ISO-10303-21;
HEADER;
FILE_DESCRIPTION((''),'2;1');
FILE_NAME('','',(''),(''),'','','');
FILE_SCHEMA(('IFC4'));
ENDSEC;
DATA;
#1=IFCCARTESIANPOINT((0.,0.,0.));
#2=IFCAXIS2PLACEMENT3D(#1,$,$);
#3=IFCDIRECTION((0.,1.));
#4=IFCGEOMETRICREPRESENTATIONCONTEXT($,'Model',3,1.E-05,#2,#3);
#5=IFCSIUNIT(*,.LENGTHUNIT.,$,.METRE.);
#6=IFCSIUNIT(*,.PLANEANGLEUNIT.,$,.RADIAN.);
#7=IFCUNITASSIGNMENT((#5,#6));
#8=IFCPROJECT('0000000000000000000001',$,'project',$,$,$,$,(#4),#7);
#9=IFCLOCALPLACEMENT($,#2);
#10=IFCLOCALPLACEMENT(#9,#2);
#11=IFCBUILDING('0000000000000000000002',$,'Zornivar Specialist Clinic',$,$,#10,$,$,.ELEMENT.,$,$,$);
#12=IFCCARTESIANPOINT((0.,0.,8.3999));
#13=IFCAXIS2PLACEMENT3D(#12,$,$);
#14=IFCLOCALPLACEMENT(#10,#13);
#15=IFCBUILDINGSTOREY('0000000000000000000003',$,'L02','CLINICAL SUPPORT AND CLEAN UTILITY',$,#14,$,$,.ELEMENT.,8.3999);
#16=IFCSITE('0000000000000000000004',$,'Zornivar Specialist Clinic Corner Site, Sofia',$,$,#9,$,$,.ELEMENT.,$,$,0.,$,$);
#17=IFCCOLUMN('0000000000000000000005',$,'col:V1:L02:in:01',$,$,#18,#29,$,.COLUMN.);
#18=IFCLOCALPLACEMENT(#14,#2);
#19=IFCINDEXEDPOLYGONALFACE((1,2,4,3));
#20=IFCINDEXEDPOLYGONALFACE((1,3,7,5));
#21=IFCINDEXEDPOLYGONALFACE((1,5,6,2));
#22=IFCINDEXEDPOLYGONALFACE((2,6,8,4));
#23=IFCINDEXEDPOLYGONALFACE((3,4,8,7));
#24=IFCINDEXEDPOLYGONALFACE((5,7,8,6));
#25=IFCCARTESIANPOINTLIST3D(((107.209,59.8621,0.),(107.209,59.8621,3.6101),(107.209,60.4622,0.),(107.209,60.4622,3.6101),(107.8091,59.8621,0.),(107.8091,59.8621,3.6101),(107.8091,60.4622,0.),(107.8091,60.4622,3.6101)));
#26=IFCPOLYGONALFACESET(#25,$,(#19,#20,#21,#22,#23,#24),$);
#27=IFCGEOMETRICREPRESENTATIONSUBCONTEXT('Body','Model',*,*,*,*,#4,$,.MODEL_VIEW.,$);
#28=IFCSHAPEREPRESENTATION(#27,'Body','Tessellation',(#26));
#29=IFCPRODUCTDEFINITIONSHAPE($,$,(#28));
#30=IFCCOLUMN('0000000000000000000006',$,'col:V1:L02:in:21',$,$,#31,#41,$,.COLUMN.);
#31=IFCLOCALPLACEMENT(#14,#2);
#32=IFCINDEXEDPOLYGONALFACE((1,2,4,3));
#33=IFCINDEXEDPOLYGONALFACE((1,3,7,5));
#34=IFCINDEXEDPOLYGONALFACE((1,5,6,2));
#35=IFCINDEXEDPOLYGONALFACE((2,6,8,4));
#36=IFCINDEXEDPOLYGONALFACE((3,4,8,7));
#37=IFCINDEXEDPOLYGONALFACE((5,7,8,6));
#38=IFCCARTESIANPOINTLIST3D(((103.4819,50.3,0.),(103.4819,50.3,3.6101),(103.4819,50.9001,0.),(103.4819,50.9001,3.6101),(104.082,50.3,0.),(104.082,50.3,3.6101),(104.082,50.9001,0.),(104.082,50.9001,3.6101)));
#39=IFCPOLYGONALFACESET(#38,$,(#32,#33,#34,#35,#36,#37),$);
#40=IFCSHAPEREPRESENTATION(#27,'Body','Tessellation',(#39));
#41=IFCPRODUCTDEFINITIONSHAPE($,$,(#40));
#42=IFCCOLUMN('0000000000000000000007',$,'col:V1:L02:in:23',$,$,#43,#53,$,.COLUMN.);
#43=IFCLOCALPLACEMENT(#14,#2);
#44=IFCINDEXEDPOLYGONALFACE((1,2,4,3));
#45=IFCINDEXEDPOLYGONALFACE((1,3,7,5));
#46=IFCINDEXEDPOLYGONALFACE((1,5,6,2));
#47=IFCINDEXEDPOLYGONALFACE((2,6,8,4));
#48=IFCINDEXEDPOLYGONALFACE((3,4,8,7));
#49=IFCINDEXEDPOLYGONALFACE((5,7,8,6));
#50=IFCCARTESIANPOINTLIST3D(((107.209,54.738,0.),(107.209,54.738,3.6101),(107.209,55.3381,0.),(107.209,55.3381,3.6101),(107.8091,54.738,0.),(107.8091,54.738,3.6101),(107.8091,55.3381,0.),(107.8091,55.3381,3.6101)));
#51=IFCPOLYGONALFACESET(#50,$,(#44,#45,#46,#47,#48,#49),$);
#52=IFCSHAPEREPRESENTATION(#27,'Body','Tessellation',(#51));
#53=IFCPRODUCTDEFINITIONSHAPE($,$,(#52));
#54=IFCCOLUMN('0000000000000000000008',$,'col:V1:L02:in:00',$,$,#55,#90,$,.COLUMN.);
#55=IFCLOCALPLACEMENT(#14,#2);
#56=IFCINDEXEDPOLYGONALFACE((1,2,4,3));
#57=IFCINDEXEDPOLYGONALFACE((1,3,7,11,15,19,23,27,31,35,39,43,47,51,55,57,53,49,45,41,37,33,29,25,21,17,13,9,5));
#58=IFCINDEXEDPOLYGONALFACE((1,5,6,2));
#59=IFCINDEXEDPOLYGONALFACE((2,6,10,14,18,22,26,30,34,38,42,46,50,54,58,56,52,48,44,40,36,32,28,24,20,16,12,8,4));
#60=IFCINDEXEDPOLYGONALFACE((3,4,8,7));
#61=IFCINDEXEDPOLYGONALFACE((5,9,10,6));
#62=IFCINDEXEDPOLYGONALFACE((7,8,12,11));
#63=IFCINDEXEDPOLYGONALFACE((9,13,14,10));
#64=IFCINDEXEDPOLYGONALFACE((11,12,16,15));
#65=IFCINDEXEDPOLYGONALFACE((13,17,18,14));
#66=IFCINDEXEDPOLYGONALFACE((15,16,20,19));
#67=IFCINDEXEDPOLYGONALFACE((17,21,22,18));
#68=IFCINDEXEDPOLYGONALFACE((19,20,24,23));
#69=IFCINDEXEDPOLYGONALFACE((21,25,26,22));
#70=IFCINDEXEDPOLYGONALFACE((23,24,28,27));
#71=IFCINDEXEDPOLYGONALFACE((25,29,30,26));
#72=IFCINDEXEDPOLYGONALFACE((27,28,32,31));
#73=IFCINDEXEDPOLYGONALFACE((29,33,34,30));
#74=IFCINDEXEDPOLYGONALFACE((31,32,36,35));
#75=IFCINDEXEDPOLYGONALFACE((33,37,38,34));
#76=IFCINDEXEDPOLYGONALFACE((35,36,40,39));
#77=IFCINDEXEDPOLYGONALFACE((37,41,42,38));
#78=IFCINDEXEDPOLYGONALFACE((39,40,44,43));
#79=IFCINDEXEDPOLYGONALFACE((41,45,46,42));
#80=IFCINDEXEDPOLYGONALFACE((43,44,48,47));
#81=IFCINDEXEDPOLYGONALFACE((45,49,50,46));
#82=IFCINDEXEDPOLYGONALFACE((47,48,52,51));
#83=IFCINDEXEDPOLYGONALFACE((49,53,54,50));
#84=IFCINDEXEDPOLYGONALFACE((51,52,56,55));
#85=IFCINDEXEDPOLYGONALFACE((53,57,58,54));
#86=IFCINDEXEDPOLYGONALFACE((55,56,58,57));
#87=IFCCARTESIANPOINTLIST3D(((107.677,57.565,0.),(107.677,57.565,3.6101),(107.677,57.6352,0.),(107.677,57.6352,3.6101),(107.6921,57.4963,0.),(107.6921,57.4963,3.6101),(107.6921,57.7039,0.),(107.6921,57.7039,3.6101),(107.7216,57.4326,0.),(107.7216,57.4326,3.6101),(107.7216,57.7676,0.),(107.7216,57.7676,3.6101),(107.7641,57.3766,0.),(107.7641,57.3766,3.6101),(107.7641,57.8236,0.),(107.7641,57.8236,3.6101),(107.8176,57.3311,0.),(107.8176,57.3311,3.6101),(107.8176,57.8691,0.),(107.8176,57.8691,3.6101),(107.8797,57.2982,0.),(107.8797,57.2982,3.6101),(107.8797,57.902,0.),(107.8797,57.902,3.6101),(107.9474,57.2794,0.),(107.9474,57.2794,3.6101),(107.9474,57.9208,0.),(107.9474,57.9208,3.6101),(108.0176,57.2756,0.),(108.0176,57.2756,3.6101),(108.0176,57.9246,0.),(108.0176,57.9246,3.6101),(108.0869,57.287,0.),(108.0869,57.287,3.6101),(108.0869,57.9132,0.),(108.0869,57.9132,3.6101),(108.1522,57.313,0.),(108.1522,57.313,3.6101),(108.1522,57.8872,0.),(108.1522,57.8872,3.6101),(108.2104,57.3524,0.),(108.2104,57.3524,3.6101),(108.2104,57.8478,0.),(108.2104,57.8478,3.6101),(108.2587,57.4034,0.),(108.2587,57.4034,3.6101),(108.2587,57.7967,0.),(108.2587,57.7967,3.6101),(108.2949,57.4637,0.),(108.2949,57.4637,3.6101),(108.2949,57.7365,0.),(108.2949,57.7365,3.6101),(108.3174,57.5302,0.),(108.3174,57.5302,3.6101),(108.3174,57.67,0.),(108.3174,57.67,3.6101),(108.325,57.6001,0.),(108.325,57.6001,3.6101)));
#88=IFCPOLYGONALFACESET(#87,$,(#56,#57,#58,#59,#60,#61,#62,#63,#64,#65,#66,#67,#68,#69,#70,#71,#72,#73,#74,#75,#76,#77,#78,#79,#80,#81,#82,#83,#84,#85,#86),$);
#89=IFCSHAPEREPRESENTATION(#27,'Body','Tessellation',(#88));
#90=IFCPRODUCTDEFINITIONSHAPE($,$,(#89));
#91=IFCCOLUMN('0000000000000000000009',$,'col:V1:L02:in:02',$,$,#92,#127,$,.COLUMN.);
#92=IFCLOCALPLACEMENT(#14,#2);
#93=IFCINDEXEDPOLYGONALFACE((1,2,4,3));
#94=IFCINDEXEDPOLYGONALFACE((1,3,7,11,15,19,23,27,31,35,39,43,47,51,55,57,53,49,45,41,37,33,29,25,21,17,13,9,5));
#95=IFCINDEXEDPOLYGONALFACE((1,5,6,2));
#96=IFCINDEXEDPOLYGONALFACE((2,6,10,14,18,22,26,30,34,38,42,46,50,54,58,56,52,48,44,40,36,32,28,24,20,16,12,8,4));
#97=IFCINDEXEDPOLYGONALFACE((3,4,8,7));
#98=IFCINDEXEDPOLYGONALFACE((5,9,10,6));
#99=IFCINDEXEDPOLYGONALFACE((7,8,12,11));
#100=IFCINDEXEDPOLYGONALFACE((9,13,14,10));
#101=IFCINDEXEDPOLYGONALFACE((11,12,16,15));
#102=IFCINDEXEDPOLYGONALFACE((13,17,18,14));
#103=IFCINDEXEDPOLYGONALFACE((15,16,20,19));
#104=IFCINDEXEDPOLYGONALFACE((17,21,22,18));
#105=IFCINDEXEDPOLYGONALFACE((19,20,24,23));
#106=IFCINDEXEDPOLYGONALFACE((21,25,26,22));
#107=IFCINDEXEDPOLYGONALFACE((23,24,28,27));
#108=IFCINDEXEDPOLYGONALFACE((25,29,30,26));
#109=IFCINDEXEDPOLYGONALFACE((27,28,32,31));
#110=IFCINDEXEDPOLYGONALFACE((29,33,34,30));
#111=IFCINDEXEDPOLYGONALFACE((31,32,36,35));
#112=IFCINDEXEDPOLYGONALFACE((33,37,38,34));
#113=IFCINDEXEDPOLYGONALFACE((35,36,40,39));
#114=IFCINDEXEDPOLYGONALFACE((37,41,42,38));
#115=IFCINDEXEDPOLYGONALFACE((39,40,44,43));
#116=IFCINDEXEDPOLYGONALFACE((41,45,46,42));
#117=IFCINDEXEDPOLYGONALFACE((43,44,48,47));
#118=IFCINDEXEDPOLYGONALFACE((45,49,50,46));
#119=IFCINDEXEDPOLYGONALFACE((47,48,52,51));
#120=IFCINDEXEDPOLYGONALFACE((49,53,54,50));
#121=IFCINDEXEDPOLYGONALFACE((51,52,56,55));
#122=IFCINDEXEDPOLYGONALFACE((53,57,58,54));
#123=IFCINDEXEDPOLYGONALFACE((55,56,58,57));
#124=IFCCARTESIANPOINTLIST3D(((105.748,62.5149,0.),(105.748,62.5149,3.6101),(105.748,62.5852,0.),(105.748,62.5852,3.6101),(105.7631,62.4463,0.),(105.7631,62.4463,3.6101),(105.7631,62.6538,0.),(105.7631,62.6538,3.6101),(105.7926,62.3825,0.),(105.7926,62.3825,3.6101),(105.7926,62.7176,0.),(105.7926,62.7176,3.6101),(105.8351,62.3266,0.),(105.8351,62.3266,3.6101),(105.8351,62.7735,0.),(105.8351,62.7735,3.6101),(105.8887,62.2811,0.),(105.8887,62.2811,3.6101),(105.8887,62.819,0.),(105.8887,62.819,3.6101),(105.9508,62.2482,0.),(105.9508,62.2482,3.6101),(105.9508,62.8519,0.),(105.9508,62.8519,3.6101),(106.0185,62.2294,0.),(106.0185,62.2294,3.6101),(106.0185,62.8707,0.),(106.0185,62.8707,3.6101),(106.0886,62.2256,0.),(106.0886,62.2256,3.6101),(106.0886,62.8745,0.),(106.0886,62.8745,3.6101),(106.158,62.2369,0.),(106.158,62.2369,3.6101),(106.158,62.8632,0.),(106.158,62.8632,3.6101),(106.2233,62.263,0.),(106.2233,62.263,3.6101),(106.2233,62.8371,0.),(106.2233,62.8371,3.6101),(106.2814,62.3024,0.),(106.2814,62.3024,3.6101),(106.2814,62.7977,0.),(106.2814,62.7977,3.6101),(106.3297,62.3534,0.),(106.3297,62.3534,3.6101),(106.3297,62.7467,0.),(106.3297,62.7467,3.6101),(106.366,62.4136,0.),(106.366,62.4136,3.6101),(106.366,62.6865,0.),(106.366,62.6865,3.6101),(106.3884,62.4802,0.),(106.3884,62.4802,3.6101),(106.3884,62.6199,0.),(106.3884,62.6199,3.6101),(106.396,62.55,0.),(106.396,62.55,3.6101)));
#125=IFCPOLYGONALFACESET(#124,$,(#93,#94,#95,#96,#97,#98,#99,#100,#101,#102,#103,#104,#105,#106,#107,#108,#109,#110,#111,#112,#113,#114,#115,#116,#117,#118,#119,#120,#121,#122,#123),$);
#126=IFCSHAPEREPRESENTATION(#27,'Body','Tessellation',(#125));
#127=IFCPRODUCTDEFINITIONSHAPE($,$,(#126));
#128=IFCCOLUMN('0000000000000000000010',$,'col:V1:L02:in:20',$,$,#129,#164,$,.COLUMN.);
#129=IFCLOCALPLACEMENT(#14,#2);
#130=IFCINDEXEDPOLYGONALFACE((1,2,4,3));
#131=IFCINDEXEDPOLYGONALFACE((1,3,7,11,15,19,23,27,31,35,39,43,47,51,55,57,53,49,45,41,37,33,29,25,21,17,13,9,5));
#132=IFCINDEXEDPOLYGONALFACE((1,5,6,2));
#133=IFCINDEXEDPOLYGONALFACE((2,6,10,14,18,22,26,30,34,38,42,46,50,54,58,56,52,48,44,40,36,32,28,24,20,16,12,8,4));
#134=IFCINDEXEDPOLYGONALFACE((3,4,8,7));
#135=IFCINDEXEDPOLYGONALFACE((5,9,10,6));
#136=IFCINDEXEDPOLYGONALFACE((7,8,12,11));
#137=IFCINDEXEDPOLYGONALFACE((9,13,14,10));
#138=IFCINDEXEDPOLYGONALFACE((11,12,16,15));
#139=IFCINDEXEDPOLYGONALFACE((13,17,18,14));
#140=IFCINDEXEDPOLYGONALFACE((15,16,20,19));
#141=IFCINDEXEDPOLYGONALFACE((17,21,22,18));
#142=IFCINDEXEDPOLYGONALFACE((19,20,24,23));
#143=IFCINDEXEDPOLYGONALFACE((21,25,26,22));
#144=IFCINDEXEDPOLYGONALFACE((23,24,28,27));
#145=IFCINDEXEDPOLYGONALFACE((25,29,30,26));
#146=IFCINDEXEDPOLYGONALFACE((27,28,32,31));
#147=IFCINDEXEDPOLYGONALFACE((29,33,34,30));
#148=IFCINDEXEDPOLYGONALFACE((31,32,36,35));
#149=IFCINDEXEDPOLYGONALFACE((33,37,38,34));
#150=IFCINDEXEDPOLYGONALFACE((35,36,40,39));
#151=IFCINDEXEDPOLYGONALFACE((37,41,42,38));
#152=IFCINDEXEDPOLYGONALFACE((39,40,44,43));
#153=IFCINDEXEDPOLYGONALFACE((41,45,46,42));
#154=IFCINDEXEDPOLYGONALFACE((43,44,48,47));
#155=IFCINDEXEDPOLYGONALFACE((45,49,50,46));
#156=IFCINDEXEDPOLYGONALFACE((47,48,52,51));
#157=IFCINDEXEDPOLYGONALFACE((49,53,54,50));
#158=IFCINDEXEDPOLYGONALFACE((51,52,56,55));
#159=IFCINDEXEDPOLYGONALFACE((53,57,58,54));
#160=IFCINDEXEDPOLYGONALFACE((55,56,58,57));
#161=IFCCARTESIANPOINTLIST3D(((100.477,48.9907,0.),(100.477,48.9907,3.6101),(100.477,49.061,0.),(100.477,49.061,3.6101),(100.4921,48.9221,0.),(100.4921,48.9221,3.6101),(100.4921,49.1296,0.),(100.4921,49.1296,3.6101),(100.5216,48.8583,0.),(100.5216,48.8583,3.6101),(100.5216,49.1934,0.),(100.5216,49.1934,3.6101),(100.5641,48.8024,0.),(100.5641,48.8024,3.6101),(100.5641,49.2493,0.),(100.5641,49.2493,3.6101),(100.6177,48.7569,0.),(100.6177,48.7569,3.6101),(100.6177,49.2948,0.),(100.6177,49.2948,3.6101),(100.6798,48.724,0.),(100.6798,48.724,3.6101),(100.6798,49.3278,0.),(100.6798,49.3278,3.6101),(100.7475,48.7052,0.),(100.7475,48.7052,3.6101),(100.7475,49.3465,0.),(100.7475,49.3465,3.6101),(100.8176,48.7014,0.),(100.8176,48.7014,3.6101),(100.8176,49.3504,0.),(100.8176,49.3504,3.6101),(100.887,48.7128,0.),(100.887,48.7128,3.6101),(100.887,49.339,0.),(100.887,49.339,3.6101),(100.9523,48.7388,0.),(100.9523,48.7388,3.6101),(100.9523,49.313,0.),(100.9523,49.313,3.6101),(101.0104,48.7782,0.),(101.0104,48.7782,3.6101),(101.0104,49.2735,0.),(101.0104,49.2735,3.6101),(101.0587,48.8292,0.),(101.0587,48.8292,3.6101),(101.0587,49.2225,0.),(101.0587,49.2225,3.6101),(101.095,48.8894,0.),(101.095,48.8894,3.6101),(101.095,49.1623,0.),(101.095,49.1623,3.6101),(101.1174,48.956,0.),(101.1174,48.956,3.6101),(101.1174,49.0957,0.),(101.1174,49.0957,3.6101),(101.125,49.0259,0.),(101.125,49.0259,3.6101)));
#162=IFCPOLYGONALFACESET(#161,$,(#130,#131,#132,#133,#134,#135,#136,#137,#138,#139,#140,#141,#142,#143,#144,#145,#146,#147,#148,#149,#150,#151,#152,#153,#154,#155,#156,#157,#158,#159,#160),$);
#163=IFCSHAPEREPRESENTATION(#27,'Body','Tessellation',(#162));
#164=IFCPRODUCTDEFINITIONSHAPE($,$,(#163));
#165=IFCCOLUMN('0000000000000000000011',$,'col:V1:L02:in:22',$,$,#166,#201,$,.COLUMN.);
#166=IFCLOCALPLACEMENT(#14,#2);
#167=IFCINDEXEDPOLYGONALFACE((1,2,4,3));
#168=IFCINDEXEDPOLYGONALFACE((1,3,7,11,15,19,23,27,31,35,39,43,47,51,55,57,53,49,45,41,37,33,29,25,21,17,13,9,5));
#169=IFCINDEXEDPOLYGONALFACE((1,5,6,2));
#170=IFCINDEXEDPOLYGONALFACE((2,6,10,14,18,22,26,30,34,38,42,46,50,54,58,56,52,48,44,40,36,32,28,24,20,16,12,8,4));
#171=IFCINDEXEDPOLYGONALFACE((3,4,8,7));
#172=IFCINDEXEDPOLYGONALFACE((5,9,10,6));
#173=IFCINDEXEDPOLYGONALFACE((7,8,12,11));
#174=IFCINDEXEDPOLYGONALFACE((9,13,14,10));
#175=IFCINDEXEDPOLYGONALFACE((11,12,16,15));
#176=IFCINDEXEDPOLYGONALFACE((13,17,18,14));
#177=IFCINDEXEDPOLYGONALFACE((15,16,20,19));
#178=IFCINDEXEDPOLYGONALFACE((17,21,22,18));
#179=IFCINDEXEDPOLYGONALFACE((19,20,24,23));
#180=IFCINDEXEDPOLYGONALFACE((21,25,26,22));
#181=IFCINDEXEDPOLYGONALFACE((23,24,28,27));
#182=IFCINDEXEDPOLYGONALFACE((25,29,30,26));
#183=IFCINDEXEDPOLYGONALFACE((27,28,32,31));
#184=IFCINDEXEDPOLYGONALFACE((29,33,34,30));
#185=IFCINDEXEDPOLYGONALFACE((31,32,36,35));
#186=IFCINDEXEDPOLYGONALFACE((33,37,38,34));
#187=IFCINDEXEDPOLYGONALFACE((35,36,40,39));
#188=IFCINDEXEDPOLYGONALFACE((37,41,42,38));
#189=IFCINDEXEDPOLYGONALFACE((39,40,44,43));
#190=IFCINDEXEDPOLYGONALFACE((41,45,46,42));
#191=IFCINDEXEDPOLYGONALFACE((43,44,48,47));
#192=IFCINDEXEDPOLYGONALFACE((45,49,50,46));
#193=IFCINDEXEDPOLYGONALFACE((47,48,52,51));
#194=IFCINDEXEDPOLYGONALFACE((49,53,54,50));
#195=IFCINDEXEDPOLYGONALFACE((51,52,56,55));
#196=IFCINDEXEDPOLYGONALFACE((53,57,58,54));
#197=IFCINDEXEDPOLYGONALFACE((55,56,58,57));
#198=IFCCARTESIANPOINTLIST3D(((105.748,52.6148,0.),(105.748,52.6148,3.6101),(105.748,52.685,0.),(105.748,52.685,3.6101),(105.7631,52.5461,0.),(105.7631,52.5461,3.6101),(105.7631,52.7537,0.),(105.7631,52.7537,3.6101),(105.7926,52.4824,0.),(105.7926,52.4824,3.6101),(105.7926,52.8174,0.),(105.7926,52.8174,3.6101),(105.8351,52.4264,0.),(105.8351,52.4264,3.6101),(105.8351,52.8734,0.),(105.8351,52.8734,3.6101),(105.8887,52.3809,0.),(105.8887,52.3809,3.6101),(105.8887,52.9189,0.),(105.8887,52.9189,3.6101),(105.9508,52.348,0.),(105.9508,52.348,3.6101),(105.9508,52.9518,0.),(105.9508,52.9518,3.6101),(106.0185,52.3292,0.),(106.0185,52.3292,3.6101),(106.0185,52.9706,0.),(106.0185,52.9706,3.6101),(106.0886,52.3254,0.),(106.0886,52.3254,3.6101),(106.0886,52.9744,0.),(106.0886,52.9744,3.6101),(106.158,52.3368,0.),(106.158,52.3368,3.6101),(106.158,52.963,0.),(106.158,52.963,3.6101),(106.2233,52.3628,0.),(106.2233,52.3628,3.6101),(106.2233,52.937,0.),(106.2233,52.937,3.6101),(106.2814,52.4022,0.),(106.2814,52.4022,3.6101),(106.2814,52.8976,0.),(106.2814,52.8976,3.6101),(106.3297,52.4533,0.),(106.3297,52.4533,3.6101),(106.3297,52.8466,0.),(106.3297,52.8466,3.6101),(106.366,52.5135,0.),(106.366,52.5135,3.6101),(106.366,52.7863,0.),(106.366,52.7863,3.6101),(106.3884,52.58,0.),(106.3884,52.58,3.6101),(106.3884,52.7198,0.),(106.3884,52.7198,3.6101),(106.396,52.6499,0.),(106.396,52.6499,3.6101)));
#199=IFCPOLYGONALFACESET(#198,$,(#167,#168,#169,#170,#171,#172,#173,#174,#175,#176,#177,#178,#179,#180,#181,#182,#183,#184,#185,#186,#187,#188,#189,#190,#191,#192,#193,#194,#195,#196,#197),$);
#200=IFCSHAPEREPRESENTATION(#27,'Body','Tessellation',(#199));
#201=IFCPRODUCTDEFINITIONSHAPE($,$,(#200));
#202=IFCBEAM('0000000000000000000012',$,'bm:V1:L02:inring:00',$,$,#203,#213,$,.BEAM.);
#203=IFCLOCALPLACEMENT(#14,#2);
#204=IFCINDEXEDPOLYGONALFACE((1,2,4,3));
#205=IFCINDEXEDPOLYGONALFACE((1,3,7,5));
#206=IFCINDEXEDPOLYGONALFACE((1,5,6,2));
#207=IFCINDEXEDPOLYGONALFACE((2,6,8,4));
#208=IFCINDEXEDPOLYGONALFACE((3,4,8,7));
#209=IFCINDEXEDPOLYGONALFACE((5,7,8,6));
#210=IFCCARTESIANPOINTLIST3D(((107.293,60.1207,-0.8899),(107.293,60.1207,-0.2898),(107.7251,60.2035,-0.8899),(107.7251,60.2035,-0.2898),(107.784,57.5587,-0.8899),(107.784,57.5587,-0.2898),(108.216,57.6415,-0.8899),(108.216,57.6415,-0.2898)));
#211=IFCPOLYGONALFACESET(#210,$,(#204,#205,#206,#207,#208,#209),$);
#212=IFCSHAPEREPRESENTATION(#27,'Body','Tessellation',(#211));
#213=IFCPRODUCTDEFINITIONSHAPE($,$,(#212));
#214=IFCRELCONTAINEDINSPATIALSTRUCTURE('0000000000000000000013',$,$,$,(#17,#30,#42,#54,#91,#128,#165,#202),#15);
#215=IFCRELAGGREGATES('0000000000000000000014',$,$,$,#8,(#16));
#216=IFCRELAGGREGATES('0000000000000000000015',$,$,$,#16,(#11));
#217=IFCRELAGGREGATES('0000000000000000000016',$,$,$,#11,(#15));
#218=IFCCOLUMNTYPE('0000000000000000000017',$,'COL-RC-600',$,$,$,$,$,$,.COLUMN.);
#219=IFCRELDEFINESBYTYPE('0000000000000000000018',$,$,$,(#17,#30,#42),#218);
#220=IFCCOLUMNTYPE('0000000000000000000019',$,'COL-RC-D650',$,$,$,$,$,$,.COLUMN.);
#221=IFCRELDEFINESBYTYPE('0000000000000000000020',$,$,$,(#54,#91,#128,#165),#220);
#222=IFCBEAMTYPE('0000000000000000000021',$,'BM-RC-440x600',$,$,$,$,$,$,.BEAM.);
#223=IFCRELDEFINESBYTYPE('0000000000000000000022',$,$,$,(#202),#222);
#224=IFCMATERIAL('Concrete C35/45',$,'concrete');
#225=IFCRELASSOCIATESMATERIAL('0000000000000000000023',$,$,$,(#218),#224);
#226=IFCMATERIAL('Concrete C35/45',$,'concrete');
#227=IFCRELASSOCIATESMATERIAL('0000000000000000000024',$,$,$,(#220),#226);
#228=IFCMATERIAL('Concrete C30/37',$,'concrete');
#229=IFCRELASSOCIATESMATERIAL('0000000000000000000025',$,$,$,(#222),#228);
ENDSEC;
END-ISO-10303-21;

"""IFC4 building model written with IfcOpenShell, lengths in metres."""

from ifc_helpers import new_model, si_unit, direction, frame, origin, origin_2d, place, context, subcontext, project, spatial, rectangle, circle, extrude, material, material_profile, profile_set, type_object, element, save


model = new_model("IFC4")

# Units and contexts
model_context = context("Model", 3, precision=1e-05, world=origin(), true_north=direction((0.0, 1.0)))
body_context = subcontext(model_context, "Body", "Model", "MODEL_VIEW")
ifc_project = project(units=[si_unit("LENGTHUNIT", "METRE"), si_unit("PLANEANGLEUNIT", "RADIAN")], contexts=[model_context])

# Site, building, storey
site_placement = place(None, origin())
site = spatial("IfcSite", under=ifc_project, at=site_placement, Name="Zornivar Specialist Clinic Corner Site, Sofia", CompositionType="ELEMENT", RefElevation=0.0)
building_placement = place(site_placement, origin())
building = spatial("IfcBuilding", under=site, at=building_placement, Name="Zornivar Specialist Clinic", CompositionType="ELEMENT")
storey_placement = place(building_placement, frame((0.0, 0.0, 8.3999)))
storey = spatial("IfcBuildingStorey", under=building, at=storey_placement, Name="L02", Description="CLINICAL SUPPORT AND CLEAN UTILITY", CompositionType="ELEMENT", Elevation=8.3999)

# Columns
ifc_material_1 = material(Name="Concrete C35/45", Category="concrete")
ifc_material_profile_1 = material_profile(ifc_material_1, rectangle(XDim=0.6001, YDim=0.6001, at=origin_2d()), Name="RC 600x600")
ifc_profile_set_1 = profile_set([ifc_material_profile_1], Name="Concrete C35/45")
column_type_1 = type_object("IfcColumnType", Name="COL-RC-600", PredefinedType="COLUMN", material=ifc_profile_set_1)
for number, where, z_axis, x_axis, name in (
    (1, (107.509, 60.1621, 0.0), (0.0, 0.0, 1.0), (1.0, 0.0, 0.0), "col:V1:L02:in:01"),
    (2, (103.782, 50.6001, 0.0), (0.0, 0.0, 1.0), (1.0, 0.0, 0.0), "col:V1:L02:in:21"),
    (3, (107.509, 55.0381, 0.0), (0.0, 0.0, 1.0), (1.0, 0.0, 0.0), "col:V1:L02:in:23"),
):
    element("IfcColumn", number, at=place(storey_placement, frame(where, z_axis=z_axis, x_axis=x_axis)), inside=storey, type_object=column_type_1, Name=name, PredefinedType="COLUMN", context=body_context, shape_type="SweptSolid", body=[
        extrude(rectangle(XDim=0.6001, YDim=0.6001, at=origin_2d()), origin(), (0.0, 0.0, 1.0), 3.6101),
    ])
ifc_material_2 = material(Name="Concrete C35/45", Category="concrete")
ifc_material_profile_2 = material_profile(ifc_material_2, circle(Radius=0.325, at=origin_2d()), Name="RC D650")
ifc_profile_set_2 = profile_set([ifc_material_profile_2], Name="Concrete C35/45")
column_type_2 = type_object("IfcColumnType", Name="COL-RC-D650", PredefinedType="COLUMN", material=ifc_profile_set_2)
for number, where, z_axis, x_axis, name in (
    (4, (108.0, 57.6001, 0.0), (0.0, 0.0, 1.0), (1.0, 0.0, 0.0), "col:V1:L02:in:00"),
    (5, (106.071, 62.55, 0.0), (0.0, 0.0, 1.0), (1.0, 0.0, 0.0), "col:V1:L02:in:02"),
    (6, (100.8, 49.0259, 0.0), (0.0, 0.0, 1.0), (1.0, 0.0, 0.0), "col:V1:L02:in:20"),
    (7, (106.071, 52.6499, 0.0), (0.0, 0.0, 1.0), (1.0, 0.0, 0.0), "col:V1:L02:in:22"),
):
    element("IfcColumn", number, at=place(storey_placement, frame(where, z_axis=z_axis, x_axis=x_axis)), inside=storey, type_object=column_type_2, Name=name, PredefinedType="COLUMN", context=body_context, shape_type="SweptSolid", body=[
        extrude(circle(Radius=0.325, at=origin_2d()), origin(), (0.0, 0.0, 1.0), 3.6101),
    ])

# Beam
ifc_material_3 = material(Name="Concrete C30/37", Category="concrete")
ifc_material_profile_3 = material_profile(ifc_material_3, rectangle(XDim=0.4399, YDim=0.6001, at=origin_2d()), Name="RC 440x600")
ifc_profile_set_3 = profile_set([ifc_material_profile_3], Name="Concrete C30/37")
beam_type_1 = type_object("IfcBeamType", Name="BM-RC-440x600", PredefinedType="BEAM", material=ifc_profile_set_3)
beam_1_placement = place(storey_placement, frame((108.0, 57.6001, -0.5898), z_axis=(-0.188209, 0.982129, 0.0), x_axis=(-0.982129, -0.188209, 0.0)))
element("IfcBeam", 8, at=beam_1_placement, inside=storey, type_object=beam_type_1, Name="bm:V1:L02:inring:00", PredefinedType="BEAM", context=body_context, shape_type="SweptSolid", body=[
    extrude(rectangle(XDim=0.4399, YDim=0.6001, at=origin_2d()), origin(), (0.0, 0.0, 1.0), 2.6086),
])

save(model, "model.ifc")
